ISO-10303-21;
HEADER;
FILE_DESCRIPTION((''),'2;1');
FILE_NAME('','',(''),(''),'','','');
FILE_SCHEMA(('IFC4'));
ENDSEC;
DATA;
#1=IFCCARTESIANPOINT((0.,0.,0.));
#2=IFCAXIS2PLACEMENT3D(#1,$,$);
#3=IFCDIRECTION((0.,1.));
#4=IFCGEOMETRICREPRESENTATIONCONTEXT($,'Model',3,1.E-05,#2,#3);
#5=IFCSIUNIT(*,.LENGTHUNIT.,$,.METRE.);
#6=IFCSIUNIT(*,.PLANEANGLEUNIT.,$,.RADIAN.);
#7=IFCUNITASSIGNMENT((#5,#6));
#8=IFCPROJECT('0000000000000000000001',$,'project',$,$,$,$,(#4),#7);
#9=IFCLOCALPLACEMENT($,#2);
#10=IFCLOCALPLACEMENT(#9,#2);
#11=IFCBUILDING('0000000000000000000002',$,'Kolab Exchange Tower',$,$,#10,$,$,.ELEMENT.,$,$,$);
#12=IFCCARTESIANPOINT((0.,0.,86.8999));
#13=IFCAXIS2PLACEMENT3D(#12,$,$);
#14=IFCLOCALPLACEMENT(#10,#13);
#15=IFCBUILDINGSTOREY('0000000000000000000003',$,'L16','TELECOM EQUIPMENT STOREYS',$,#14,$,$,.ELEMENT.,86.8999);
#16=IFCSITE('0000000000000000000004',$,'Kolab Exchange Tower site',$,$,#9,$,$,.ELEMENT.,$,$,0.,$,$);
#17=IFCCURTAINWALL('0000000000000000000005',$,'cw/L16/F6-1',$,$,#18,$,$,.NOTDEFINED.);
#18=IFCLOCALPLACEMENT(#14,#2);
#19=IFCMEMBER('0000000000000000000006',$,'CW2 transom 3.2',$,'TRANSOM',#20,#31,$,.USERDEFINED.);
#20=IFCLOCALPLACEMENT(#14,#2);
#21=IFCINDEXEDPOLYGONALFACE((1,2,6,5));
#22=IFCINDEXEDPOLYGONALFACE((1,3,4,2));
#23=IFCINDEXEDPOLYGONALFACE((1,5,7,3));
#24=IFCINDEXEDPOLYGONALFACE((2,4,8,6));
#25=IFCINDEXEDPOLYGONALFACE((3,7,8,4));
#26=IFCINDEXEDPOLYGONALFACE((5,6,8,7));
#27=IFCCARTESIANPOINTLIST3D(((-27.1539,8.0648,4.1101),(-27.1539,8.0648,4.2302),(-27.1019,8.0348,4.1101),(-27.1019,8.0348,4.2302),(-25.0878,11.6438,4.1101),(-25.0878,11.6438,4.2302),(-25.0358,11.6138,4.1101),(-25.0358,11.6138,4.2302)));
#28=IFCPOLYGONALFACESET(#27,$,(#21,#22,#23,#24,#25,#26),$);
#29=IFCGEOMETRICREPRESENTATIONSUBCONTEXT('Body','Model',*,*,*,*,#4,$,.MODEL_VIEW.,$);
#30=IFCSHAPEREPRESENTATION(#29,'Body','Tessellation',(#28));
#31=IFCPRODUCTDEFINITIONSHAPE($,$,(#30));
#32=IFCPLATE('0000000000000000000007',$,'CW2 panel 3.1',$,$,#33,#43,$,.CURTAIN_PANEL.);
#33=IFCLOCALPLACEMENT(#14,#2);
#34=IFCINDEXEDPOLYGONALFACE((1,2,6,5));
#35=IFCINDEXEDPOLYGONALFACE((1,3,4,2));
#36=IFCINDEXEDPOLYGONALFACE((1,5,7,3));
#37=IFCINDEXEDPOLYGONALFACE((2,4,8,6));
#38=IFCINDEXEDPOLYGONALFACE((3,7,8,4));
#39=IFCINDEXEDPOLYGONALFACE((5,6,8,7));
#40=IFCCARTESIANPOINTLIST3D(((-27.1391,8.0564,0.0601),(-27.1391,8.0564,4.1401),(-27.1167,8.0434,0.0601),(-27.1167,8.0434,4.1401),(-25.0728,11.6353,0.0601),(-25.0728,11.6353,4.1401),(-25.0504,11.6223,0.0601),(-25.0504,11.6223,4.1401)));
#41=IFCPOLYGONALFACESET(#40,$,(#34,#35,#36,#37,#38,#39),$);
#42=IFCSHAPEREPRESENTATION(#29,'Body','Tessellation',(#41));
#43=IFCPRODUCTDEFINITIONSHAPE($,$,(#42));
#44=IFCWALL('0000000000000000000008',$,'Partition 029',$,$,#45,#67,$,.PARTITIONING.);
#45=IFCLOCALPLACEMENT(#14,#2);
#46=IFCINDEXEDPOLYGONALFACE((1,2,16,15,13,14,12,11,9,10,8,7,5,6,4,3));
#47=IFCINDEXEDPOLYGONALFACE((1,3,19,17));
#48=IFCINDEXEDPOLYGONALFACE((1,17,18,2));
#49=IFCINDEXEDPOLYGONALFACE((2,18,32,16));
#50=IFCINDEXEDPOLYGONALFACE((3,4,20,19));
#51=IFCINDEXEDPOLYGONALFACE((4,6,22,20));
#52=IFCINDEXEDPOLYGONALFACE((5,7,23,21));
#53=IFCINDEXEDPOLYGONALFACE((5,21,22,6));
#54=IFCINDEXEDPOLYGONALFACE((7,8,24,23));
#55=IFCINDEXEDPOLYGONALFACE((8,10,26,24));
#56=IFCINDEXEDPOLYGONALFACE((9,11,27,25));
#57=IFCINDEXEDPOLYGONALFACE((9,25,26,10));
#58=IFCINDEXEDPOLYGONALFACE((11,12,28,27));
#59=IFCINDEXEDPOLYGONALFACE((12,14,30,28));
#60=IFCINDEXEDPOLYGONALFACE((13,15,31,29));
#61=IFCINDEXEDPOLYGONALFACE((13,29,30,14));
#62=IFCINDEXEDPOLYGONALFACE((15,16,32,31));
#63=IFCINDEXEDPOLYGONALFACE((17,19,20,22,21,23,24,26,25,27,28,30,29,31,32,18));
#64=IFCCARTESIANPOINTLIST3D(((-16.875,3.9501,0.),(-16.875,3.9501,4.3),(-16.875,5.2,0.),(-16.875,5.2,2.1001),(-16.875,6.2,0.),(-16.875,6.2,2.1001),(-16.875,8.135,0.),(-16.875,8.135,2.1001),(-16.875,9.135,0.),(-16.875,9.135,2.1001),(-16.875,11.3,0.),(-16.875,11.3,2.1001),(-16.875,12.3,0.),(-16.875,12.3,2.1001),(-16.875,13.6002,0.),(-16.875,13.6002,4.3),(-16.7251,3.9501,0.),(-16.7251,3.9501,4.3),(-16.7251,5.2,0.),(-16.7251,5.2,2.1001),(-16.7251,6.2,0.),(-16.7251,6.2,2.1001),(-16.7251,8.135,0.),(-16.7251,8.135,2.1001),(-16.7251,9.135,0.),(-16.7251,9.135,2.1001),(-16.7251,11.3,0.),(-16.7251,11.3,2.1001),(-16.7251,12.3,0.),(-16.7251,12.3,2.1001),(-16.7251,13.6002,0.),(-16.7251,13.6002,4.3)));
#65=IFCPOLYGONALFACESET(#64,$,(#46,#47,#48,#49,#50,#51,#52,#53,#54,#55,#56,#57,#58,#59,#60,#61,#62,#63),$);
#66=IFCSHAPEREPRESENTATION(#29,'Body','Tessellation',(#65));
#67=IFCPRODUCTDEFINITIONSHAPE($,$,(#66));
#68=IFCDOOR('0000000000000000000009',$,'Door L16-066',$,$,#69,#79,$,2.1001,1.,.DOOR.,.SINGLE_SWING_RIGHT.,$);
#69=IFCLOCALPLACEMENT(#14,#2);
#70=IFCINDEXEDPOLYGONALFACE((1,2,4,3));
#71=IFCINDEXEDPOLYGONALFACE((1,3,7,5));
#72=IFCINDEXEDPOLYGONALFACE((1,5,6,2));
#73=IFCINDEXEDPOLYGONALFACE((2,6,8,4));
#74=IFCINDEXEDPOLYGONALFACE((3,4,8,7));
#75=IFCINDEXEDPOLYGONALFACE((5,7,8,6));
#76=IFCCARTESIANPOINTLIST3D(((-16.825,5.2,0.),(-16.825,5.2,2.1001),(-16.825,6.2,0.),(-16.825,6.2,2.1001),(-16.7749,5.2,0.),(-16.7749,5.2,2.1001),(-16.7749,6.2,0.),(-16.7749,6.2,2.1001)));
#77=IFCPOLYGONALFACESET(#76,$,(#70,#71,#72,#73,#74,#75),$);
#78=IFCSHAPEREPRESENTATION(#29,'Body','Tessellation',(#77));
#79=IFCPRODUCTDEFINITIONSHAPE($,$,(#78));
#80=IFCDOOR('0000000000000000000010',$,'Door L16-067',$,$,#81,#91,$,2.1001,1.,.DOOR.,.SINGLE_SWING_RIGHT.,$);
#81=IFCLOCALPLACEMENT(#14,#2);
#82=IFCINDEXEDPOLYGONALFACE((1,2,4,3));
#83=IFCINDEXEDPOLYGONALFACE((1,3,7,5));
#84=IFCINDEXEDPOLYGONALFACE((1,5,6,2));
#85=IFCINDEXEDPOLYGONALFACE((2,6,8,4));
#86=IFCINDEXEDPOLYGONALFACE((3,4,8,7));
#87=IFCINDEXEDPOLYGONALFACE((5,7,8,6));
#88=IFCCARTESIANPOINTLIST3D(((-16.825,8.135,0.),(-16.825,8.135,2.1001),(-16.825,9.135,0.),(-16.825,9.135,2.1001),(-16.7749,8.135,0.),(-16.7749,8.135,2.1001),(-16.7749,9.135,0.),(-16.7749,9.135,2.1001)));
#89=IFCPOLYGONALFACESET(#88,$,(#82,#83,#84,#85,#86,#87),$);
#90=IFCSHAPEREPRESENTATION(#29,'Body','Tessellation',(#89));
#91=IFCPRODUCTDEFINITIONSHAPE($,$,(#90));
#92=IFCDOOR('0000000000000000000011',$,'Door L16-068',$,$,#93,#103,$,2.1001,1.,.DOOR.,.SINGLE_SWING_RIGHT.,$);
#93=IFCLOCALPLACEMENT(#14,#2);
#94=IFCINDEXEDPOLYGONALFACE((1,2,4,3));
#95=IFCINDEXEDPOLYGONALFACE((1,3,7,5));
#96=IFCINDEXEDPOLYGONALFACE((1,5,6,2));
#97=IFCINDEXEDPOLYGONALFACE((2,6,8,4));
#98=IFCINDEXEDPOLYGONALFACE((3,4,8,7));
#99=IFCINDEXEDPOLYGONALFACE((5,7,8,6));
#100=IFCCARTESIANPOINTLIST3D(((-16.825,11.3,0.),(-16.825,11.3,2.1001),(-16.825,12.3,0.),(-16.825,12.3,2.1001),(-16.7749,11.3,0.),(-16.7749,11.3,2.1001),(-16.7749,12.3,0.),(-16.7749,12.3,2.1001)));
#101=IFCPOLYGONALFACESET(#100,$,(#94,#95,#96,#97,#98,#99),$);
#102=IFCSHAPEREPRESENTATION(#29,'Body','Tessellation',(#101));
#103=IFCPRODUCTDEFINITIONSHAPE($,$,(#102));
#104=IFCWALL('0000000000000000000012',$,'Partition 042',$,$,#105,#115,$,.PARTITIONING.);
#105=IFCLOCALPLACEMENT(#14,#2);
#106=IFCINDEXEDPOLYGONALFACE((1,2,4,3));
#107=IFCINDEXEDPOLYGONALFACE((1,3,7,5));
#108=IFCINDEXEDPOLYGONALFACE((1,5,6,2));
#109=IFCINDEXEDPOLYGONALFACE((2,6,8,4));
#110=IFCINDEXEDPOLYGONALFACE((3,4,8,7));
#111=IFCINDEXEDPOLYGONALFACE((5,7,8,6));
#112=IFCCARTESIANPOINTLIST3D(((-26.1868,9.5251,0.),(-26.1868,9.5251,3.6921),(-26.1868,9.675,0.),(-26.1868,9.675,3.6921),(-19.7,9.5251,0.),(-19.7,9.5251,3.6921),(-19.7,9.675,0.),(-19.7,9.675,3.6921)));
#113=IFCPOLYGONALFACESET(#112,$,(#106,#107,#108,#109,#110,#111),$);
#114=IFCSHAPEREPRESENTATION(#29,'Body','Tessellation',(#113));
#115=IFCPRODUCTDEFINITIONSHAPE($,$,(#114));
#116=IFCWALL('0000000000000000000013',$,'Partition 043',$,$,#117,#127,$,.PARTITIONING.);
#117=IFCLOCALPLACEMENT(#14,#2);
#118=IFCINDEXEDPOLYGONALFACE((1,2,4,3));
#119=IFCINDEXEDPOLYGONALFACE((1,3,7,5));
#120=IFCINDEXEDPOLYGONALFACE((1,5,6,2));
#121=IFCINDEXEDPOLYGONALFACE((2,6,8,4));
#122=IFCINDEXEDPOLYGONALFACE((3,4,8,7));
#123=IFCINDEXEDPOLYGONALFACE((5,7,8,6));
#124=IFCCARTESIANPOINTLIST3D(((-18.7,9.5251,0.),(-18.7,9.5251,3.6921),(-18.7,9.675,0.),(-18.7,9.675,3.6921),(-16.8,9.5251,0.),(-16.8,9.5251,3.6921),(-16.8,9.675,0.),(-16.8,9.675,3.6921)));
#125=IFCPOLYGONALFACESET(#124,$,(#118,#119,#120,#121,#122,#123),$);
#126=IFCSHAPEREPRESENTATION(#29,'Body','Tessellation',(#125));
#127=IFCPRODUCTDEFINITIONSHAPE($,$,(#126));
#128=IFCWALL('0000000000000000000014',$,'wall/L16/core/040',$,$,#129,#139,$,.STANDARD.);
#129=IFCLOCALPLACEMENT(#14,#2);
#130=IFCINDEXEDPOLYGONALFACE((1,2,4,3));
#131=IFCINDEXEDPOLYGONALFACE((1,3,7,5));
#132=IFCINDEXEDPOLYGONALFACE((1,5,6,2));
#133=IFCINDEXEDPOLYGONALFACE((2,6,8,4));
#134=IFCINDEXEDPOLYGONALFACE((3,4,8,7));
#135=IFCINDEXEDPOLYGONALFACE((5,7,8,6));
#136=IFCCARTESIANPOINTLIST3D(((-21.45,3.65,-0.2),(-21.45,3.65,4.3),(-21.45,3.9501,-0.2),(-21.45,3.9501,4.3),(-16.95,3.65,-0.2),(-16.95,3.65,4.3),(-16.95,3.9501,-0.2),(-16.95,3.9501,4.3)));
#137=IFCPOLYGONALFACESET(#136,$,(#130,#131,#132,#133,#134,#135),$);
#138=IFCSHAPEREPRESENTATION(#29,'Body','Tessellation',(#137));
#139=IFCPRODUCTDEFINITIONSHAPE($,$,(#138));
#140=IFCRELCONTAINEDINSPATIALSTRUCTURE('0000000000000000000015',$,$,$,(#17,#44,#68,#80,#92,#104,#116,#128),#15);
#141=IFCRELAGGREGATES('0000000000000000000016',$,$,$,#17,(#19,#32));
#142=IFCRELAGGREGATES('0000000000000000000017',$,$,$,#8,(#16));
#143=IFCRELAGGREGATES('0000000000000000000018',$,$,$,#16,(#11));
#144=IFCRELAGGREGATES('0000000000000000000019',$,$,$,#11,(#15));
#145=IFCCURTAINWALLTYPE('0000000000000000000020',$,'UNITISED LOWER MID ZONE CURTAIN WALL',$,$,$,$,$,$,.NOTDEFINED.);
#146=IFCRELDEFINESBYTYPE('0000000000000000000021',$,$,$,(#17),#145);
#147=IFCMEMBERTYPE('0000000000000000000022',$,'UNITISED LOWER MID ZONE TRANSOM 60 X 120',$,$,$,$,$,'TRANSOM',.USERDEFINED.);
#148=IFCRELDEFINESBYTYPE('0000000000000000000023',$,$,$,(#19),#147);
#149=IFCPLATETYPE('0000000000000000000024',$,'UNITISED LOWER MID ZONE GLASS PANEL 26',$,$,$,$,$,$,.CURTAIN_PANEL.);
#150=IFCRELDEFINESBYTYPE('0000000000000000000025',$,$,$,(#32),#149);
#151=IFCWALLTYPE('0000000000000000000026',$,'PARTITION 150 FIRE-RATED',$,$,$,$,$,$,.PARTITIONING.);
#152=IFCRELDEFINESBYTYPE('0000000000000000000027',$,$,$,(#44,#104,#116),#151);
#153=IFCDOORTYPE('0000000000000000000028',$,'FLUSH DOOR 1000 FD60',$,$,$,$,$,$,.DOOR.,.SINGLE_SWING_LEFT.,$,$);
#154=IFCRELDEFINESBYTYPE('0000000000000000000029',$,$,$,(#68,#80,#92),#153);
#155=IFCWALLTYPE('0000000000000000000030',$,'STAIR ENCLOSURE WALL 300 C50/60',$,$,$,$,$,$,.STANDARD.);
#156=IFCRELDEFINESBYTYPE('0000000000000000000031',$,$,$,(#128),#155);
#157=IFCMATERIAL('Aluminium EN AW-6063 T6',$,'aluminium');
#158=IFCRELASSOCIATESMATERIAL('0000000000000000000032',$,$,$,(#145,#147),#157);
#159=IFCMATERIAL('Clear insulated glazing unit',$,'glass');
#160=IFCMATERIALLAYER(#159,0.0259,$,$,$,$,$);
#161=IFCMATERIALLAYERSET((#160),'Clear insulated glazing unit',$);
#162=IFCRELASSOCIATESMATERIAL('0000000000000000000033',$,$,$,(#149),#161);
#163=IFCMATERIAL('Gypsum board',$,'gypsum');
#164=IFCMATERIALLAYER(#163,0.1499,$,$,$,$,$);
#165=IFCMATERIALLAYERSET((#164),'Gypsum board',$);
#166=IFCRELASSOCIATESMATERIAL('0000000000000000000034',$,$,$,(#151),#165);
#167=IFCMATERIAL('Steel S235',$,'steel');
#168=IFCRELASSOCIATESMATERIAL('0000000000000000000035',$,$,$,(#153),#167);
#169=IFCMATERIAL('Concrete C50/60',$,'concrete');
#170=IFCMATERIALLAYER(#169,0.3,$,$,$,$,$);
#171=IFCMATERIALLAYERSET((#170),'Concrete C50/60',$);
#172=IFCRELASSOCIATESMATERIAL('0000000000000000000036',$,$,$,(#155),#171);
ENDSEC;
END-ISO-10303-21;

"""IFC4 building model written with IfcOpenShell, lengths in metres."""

from ifc_helpers import new_model, si_unit, direction, frame, frame_2d, origin, origin_2d, place, context, subcontext, project, spatial, rectangle, extrude, material, layer, layer_set, material_profile, profile_set, type_object, element, fill, aggregate, save


model = new_model("IFC4")

# Units and contexts
model_context = context("Model", 3, precision=1e-05, world=origin(), true_north=direction((0.0, 1.0)))
body_context = subcontext(model_context, "Body", "Model", "MODEL_VIEW")
ifc_project = project(units=[si_unit("LENGTHUNIT", "METRE"), si_unit("PLANEANGLEUNIT", "RADIAN")], contexts=[model_context])

# Site, building, storey
site_placement = place(None, origin())
site = spatial("IfcSite", under=ifc_project, at=site_placement, Name="Kolab Exchange Tower site", CompositionType="ELEMENT", RefElevation=0.0)
building_placement = place(site_placement, origin())
building = spatial("IfcBuilding", under=site, at=building_placement, Name="Kolab Exchange Tower", CompositionType="ELEMENT")
storey_placement = place(building_placement, frame((0.0, 0.0, 86.8999)))
storey = spatial("IfcBuildingStorey", under=building, at=storey_placement, Name="L16", Description="TELECOM EQUIPMENT STOREYS", CompositionType="ELEMENT", Elevation=86.8999)

# Curtain wall, member, plate
ifc_material_1 = material(Name="Aluminium EN AW-6063 T6", Category="aluminium")
curtain_wall_type = type_object("IfcCurtainWallType", Name="UNITISED LOWER MID ZONE CURTAIN WALL", PredefinedType="NOTDEFINED", material=ifc_material_1)
curtain_wall_placement = place(storey_placement, origin())
curtain_wall = element("IfcCurtainWall", 1, at=curtain_wall_placement, inside=storey, type_object=curtain_wall_type, Name="cw/L16/F6-1", PredefinedType="NOTDEFINED")
ifc_material_profile_1 = material_profile(ifc_material_1, rectangle(XDim=0.0601, YDim=0.1201, at=origin_2d()), Name="RECT 60X120")
ifc_profile_set_1 = profile_set([ifc_material_profile_1], Name="Aluminium EN AW-6063 T6")
member_type_1 = type_object("IfcMemberType", Name="UNITISED LOWER MID ZONE TRANSOM 60 X 120", ElementType="TRANSOM", PredefinedType="USERDEFINED", material=ifc_profile_set_1)
member_1_placement = place(storey_placement, frame((-27.1279, 8.0498, 4.1702), z_axis=(0.499958, 0.86605, 0.0), x_axis=(-0.86605, 0.499958, 0.0)))
member_1 = element("IfcMember", 2, at=member_1_placement, type_object=member_type_1, Name="CW2 transom 3.2", ObjectType="TRANSOM", PredefinedType="USERDEFINED", context=body_context, shape_type="SweptSolid", body=[
    extrude(rectangle(XDim=0.0601, YDim=0.1201, at=origin_2d()), origin(), (0.0, 0.0, 1.0), 4.1326),
])
ifc_material_2 = material(Name="Clear insulated glazing unit", Category="glass")
ifc_layer_1 = layer(ifc_material_2, 0.0259)
ifc_layer_set_1 = layer_set([ifc_layer_1], Name="Clear insulated glazing unit")
plate_type = type_object("IfcPlateType", Name="UNITISED LOWER MID ZONE GLASS PANEL 26", PredefinedType="CURTAIN_PANEL", material=ifc_layer_set_1)
plate_placement = place(storey_placement, frame((-26.0947, 9.8394, 0.0601), z_axis=(0.0, 0.0, 1.0), x_axis=(0.5, 0.866025, 0.0)))
plate = element("IfcPlate", 3, at=plate_placement, type_object=plate_type, Name="CW2 panel 3.1", PredefinedType="CURTAIN_PANEL", context=body_context, shape_type="SweptSolid", body=[
    extrude(rectangle(XDim=4.1326, YDim=0.0259, at=origin_2d()), origin(), (0.0, 0.0, 1.0), 4.0801),
])
aggregate(curtain_wall, [member_1, plate])

# Wall, openings, doors
ifc_material_3 = material(Name="Gypsum board", Category="gypsum")
ifc_layer_2 = layer(ifc_material_3, 0.1499)
ifc_layer_set_2 = layer_set([ifc_layer_2], Name="Gypsum board")
wall_type_1 = type_object("IfcWallType", Name="PARTITION 150 FIRE-RATED", PredefinedType="PARTITIONING", material=ifc_layer_set_2)
wall_1_placement = place(storey_placement, frame((-16.8, 3.95, 0.0), z_axis=(0.0, 0.0, 1.0), x_axis=(0.0, 1.0, 0.0)))
wall_1 = element("IfcWall", 4, at=wall_1_placement, inside=storey, type_object=wall_type_1, Name="Partition 029", PredefinedType="PARTITIONING", context=body_context, shape_type="SweptSolid", body=[
    extrude(rectangle(XDim=9.6501, YDim=0.1499, at=frame_2d((4.8252, 0.0))), origin(), (0.0, 0.0, 1.0), 4.3),
])
opening_1_placement = place(wall_1_placement, frame((1.25, 0.0, 0.0)))
opening_1 = element("IfcOpeningElement", 5, at=opening_1_placement, cuts=wall_1, PredefinedType="OPENING", context=body_context, shape_type="SweptSolid", body=[
    extrude(rectangle(XDim=1.0, YDim=2.1001, at=frame_2d((0.5, 1.05))), frame((0.0, 0.085, 0.0), z_axis=(0.0, -1.0, 0.0), x_axis=(1.0, 0.0, 0.0)), (0.0, 0.0, 1.0), 0.1699),
])
opening_2_placement = place(wall_1_placement, frame((4.1851, 0.0, 0.0)))
opening_2 = element("IfcOpeningElement", 6, at=opening_2_placement, cuts=wall_1, PredefinedType="OPENING", context=body_context, shape_type="SweptSolid", body=[
    extrude(rectangle(XDim=1.0, YDim=2.1001, at=frame_2d((0.5, 1.05))), frame((0.0, 0.085, 0.0), z_axis=(0.0, -1.0, 0.0), x_axis=(1.0, 0.0, 0.0)), (0.0, 0.0, 1.0), 0.1699),
])
opening_3_placement = place(wall_1_placement, frame((7.3501, 0.0, 0.0)))
opening_3 = element("IfcOpeningElement", 7, at=opening_3_placement, cuts=wall_1, PredefinedType="OPENING", context=body_context, shape_type="SweptSolid", body=[
    extrude(rectangle(XDim=1.0, YDim=2.1001, at=frame_2d((0.5, 1.05))), frame((0.0, 0.085, 0.0), z_axis=(0.0, -1.0, 0.0), x_axis=(1.0, 0.0, 0.0)), (0.0, 0.0, 1.0), 0.1699),
])
ifc_material_4 = material(Name="Steel S235", Category="steel")
door_type = type_object("IfcDoorType", Name="FLUSH DOOR 1000 FD60", OperationType="SINGLE_SWING_LEFT", PredefinedType="DOOR", material=ifc_material_4)
door_1_placement = place(opening_1_placement, origin())
door_1 = element("IfcDoor", 8, at=door_1_placement, inside=storey, type_object=door_type, Name="Door L16-066", OperationType="SINGLE_SWING_RIGHT", OverallHeight=2.1001, OverallWidth=1.0, PredefinedType="DOOR", context=body_context, shape_type="SweptSolid", body=[
    extrude(rectangle(XDim=1.0, YDim=2.1001, at=frame_2d((0.5, 1.05))), frame((0.0, 0.0249, 0.0), z_axis=(0.0, -1.0, 0.0), x_axis=(1.0, 0.0, 0.0)), (0.0, 0.0, 1.0), 0.05),
])
fill(opening_1, door_1)
door_2_placement = place(opening_2_placement, origin())
door_2 = element("IfcDoor", 9, at=door_2_placement, inside=storey, type_object=door_type, Name="Door L16-067", OperationType="SINGLE_SWING_RIGHT", OverallHeight=2.1001, OverallWidth=1.0, PredefinedType="DOOR", context=body_context, shape_type="SweptSolid", body=[
    extrude(rectangle(XDim=1.0, YDim=2.1001, at=frame_2d((0.5, 1.05))), frame((0.0, 0.0249, 0.0), z_axis=(0.0, -1.0, 0.0), x_axis=(1.0, 0.0, 0.0)), (0.0, 0.0, 1.0), 0.05),
])
fill(opening_2, door_2)
door_3_placement = place(opening_3_placement, origin())
door_3 = element("IfcDoor", 10, at=door_3_placement, inside=storey, type_object=door_type, Name="Door L16-068", OperationType="SINGLE_SWING_RIGHT", OverallHeight=2.1001, OverallWidth=1.0, PredefinedType="DOOR", context=body_context, shape_type="SweptSolid", body=[
    extrude(rectangle(XDim=1.0, YDim=2.1001, at=frame_2d((0.5, 1.05))), frame((0.0, 0.0249, 0.0), z_axis=(0.0, -1.0, 0.0), x_axis=(1.0, 0.0, 0.0)), (0.0, 0.0, 1.0), 0.05),
])
fill(opening_3, door_3)

# Walls
wall_2_placement = place(storey_placement, frame((-26.1868, 9.6001, 0.0), z_axis=(0.0, 0.0, 1.0), x_axis=(1.0, 0.0, 0.0)))
element("IfcWall", 11, at=wall_2_placement, inside=storey, type_object=wall_type_1, Name="Partition 042", PredefinedType="PARTITIONING", context=body_context, shape_type="SweptSolid", body=[
    extrude(rectangle(XDim=6.4868, YDim=0.1499, at=frame_2d((3.2434, 0.0))), origin(), (0.0, 0.0, 1.0), 3.6921),
])
wall_3_placement = place(storey_placement, frame((-18.7, 9.6001, 0.0), z_axis=(0.0, 0.0, 1.0), x_axis=(1.0, 0.0, 0.0)))
element("IfcWall", 12, at=wall_3_placement, inside=storey, type_object=wall_type_1, Name="Partition 043", PredefinedType="PARTITIONING", context=body_context, shape_type="SweptSolid", body=[
    extrude(rectangle(XDim=1.8999, YDim=0.1499, at=frame_2d((0.95, 0.0))), origin(), (0.0, 0.0, 1.0), 3.6921),
])
ifc_material_5 = material(Name="Concrete C50/60", Category="concrete")
ifc_layer_3 = layer(ifc_material_5, 0.3)
ifc_layer_set_3 = layer_set([ifc_layer_3], Name="Concrete C50/60")
wall_type_2 = type_object("IfcWallType", Name="STAIR ENCLOSURE WALL 300 C50/60", PredefinedType="STANDARD", material=ifc_layer_set_3)
wall_4_placement = place(storey_placement, frame((-21.45, 3.8, -0.2), z_axis=(0.0, 0.0, 1.0), x_axis=(1.0, 0.0, 0.0)))
element("IfcWall", 13, at=wall_4_placement, inside=storey, type_object=wall_type_2, Name="wall/L16/core/040", PredefinedType="STANDARD", context=body_context, shape_type="SweptSolid", body=[
    extrude(rectangle(XDim=4.5, YDim=0.3, at=frame_2d((2.25, 0.0))), origin(), (0.0, 0.0, 1.0), 4.5),
])

save(model, "model.ifc")
